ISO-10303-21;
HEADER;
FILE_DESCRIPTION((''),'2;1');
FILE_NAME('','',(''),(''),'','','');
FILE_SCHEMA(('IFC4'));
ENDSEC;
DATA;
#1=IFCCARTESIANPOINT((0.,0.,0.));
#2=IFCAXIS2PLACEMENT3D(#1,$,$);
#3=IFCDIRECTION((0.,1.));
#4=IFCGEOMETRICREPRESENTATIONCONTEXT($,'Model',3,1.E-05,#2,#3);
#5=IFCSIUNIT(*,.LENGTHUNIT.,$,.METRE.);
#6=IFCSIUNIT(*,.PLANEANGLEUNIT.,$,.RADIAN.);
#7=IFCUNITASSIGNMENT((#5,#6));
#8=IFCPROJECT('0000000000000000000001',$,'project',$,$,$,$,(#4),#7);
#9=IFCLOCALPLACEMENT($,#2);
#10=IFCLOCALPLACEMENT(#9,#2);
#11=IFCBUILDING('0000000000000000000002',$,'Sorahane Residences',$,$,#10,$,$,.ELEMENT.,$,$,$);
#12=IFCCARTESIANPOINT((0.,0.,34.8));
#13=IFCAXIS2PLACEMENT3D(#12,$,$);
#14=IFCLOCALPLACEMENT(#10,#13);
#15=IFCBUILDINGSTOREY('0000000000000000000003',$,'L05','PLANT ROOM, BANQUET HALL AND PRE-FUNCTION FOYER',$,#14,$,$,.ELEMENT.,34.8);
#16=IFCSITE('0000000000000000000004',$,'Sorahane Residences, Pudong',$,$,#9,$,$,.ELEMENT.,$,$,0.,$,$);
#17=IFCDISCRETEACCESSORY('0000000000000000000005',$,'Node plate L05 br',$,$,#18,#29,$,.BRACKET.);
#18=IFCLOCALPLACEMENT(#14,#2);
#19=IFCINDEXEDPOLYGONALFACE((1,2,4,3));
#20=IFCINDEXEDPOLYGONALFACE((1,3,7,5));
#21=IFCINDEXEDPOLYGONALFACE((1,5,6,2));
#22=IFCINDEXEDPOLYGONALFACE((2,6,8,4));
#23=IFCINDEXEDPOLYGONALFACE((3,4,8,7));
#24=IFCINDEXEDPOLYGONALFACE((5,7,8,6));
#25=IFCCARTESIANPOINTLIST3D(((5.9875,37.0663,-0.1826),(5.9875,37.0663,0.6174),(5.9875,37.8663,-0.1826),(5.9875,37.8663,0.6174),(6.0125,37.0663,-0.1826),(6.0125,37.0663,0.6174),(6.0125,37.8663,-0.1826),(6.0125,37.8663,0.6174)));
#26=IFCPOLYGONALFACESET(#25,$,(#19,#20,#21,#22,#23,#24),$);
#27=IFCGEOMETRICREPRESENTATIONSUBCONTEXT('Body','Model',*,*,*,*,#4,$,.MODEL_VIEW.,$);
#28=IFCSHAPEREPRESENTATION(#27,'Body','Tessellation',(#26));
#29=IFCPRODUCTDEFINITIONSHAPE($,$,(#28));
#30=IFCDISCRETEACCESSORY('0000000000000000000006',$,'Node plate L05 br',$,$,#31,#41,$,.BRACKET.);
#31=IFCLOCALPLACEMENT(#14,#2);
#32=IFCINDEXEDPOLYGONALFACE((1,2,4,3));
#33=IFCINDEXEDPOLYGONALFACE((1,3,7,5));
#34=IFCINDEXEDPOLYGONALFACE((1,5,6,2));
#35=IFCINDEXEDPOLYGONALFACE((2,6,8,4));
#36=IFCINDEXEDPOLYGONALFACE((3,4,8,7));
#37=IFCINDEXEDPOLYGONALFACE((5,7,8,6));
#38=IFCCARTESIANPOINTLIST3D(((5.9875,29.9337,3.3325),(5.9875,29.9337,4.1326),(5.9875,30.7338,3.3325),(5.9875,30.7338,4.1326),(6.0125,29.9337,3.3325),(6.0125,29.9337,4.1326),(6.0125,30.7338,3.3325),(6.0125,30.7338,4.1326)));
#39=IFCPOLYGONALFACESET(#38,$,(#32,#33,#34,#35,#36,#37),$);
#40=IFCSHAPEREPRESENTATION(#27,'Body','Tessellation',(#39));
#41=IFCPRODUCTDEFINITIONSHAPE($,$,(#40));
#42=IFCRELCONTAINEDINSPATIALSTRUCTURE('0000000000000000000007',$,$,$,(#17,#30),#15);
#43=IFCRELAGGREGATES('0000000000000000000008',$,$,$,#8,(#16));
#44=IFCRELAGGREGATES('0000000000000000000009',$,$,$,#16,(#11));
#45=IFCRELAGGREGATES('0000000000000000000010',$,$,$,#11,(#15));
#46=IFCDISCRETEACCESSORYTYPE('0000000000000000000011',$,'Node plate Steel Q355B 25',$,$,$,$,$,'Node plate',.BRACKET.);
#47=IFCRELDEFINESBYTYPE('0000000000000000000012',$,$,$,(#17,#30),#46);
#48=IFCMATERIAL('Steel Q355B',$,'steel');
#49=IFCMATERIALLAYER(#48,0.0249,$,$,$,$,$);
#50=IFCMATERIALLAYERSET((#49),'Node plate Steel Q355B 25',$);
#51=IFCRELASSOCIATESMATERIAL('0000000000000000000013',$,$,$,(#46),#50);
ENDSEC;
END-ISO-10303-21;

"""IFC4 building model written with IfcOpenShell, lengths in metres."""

from ifc_helpers import new_model, si_unit, direction, frame, origin, origin_2d, place, context, subcontext, project, spatial, rectangle, extrude, material, layer, layer_set, type_object, element, save


model = new_model("IFC4")

# Units and contexts
model_context = context("Model", 3, precision=1e-05, world=origin(), true_north=direction((0.0, 1.0)))
body_context = subcontext(model_context, "Body", "Model", "MODEL_VIEW")
ifc_project = project(units=[si_unit("LENGTHUNIT", "METRE"), si_unit("PLANEANGLEUNIT", "RADIAN")], contexts=[model_context])

# Site, building, storey
site_placement = place(None, origin())
site = spatial("IfcSite", under=ifc_project, at=site_placement, Name="Sorahane Residences, Pudong", CompositionType="ELEMENT", RefElevation=0.0)
building_placement = place(site_placement, origin())
building = spatial("IfcBuilding", under=site, at=building_placement, Name="Sorahane Residences", CompositionType="ELEMENT")
storey_placement = place(building_placement, frame((0.0, 0.0, 34.8)))
storey = spatial("IfcBuildingStorey", under=building, at=storey_placement, Name="L05", Description="PLANT ROOM, BANQUET HALL AND PRE-FUNCTION FOYER", CompositionType="ELEMENT", Elevation=34.8)

# Discrete accessories
ifc_material_1 = material(Name="Steel Q355B", Category="steel")
ifc_layer_1 = layer(ifc_material_1, 0.0249)
ifc_layer_set_1 = layer_set([ifc_layer_1], Name="Node plate Steel Q355B 25")
discrete_accessory_type = type_object("IfcDiscreteAccessoryType", Name="Node plate Steel Q355B 25", ElementType="Node plate", PredefinedType="BRACKET", material=ifc_layer_set_1)
for number, where, z_axis, x_axis, name in (
    (1, (6.0, 37.4663, -0.1826), (0.0, 0.0, 1.0), (0.0, 1.0, 0.0), "Node plate L05 br"),
    (2, (6.0, 30.3337, 3.3325), (0.0, 0.0, 1.0), (0.0, 1.0, 0.0), "Node plate L05 br"),
):
    element("IfcDiscreteAccessory", number, at=place(storey_placement, frame(where, z_axis=z_axis, x_axis=x_axis)), inside=storey, type_object=discrete_accessory_type, Name=name, PredefinedType="BRACKET", context=body_context, shape_type="SweptSolid", body=[
        extrude(rectangle(XDim=0.8, YDim=0.0249, at=origin_2d()), origin(), (0.0, 0.0, 1.0), 0.8),
    ])

save(model, "model.ifc")
